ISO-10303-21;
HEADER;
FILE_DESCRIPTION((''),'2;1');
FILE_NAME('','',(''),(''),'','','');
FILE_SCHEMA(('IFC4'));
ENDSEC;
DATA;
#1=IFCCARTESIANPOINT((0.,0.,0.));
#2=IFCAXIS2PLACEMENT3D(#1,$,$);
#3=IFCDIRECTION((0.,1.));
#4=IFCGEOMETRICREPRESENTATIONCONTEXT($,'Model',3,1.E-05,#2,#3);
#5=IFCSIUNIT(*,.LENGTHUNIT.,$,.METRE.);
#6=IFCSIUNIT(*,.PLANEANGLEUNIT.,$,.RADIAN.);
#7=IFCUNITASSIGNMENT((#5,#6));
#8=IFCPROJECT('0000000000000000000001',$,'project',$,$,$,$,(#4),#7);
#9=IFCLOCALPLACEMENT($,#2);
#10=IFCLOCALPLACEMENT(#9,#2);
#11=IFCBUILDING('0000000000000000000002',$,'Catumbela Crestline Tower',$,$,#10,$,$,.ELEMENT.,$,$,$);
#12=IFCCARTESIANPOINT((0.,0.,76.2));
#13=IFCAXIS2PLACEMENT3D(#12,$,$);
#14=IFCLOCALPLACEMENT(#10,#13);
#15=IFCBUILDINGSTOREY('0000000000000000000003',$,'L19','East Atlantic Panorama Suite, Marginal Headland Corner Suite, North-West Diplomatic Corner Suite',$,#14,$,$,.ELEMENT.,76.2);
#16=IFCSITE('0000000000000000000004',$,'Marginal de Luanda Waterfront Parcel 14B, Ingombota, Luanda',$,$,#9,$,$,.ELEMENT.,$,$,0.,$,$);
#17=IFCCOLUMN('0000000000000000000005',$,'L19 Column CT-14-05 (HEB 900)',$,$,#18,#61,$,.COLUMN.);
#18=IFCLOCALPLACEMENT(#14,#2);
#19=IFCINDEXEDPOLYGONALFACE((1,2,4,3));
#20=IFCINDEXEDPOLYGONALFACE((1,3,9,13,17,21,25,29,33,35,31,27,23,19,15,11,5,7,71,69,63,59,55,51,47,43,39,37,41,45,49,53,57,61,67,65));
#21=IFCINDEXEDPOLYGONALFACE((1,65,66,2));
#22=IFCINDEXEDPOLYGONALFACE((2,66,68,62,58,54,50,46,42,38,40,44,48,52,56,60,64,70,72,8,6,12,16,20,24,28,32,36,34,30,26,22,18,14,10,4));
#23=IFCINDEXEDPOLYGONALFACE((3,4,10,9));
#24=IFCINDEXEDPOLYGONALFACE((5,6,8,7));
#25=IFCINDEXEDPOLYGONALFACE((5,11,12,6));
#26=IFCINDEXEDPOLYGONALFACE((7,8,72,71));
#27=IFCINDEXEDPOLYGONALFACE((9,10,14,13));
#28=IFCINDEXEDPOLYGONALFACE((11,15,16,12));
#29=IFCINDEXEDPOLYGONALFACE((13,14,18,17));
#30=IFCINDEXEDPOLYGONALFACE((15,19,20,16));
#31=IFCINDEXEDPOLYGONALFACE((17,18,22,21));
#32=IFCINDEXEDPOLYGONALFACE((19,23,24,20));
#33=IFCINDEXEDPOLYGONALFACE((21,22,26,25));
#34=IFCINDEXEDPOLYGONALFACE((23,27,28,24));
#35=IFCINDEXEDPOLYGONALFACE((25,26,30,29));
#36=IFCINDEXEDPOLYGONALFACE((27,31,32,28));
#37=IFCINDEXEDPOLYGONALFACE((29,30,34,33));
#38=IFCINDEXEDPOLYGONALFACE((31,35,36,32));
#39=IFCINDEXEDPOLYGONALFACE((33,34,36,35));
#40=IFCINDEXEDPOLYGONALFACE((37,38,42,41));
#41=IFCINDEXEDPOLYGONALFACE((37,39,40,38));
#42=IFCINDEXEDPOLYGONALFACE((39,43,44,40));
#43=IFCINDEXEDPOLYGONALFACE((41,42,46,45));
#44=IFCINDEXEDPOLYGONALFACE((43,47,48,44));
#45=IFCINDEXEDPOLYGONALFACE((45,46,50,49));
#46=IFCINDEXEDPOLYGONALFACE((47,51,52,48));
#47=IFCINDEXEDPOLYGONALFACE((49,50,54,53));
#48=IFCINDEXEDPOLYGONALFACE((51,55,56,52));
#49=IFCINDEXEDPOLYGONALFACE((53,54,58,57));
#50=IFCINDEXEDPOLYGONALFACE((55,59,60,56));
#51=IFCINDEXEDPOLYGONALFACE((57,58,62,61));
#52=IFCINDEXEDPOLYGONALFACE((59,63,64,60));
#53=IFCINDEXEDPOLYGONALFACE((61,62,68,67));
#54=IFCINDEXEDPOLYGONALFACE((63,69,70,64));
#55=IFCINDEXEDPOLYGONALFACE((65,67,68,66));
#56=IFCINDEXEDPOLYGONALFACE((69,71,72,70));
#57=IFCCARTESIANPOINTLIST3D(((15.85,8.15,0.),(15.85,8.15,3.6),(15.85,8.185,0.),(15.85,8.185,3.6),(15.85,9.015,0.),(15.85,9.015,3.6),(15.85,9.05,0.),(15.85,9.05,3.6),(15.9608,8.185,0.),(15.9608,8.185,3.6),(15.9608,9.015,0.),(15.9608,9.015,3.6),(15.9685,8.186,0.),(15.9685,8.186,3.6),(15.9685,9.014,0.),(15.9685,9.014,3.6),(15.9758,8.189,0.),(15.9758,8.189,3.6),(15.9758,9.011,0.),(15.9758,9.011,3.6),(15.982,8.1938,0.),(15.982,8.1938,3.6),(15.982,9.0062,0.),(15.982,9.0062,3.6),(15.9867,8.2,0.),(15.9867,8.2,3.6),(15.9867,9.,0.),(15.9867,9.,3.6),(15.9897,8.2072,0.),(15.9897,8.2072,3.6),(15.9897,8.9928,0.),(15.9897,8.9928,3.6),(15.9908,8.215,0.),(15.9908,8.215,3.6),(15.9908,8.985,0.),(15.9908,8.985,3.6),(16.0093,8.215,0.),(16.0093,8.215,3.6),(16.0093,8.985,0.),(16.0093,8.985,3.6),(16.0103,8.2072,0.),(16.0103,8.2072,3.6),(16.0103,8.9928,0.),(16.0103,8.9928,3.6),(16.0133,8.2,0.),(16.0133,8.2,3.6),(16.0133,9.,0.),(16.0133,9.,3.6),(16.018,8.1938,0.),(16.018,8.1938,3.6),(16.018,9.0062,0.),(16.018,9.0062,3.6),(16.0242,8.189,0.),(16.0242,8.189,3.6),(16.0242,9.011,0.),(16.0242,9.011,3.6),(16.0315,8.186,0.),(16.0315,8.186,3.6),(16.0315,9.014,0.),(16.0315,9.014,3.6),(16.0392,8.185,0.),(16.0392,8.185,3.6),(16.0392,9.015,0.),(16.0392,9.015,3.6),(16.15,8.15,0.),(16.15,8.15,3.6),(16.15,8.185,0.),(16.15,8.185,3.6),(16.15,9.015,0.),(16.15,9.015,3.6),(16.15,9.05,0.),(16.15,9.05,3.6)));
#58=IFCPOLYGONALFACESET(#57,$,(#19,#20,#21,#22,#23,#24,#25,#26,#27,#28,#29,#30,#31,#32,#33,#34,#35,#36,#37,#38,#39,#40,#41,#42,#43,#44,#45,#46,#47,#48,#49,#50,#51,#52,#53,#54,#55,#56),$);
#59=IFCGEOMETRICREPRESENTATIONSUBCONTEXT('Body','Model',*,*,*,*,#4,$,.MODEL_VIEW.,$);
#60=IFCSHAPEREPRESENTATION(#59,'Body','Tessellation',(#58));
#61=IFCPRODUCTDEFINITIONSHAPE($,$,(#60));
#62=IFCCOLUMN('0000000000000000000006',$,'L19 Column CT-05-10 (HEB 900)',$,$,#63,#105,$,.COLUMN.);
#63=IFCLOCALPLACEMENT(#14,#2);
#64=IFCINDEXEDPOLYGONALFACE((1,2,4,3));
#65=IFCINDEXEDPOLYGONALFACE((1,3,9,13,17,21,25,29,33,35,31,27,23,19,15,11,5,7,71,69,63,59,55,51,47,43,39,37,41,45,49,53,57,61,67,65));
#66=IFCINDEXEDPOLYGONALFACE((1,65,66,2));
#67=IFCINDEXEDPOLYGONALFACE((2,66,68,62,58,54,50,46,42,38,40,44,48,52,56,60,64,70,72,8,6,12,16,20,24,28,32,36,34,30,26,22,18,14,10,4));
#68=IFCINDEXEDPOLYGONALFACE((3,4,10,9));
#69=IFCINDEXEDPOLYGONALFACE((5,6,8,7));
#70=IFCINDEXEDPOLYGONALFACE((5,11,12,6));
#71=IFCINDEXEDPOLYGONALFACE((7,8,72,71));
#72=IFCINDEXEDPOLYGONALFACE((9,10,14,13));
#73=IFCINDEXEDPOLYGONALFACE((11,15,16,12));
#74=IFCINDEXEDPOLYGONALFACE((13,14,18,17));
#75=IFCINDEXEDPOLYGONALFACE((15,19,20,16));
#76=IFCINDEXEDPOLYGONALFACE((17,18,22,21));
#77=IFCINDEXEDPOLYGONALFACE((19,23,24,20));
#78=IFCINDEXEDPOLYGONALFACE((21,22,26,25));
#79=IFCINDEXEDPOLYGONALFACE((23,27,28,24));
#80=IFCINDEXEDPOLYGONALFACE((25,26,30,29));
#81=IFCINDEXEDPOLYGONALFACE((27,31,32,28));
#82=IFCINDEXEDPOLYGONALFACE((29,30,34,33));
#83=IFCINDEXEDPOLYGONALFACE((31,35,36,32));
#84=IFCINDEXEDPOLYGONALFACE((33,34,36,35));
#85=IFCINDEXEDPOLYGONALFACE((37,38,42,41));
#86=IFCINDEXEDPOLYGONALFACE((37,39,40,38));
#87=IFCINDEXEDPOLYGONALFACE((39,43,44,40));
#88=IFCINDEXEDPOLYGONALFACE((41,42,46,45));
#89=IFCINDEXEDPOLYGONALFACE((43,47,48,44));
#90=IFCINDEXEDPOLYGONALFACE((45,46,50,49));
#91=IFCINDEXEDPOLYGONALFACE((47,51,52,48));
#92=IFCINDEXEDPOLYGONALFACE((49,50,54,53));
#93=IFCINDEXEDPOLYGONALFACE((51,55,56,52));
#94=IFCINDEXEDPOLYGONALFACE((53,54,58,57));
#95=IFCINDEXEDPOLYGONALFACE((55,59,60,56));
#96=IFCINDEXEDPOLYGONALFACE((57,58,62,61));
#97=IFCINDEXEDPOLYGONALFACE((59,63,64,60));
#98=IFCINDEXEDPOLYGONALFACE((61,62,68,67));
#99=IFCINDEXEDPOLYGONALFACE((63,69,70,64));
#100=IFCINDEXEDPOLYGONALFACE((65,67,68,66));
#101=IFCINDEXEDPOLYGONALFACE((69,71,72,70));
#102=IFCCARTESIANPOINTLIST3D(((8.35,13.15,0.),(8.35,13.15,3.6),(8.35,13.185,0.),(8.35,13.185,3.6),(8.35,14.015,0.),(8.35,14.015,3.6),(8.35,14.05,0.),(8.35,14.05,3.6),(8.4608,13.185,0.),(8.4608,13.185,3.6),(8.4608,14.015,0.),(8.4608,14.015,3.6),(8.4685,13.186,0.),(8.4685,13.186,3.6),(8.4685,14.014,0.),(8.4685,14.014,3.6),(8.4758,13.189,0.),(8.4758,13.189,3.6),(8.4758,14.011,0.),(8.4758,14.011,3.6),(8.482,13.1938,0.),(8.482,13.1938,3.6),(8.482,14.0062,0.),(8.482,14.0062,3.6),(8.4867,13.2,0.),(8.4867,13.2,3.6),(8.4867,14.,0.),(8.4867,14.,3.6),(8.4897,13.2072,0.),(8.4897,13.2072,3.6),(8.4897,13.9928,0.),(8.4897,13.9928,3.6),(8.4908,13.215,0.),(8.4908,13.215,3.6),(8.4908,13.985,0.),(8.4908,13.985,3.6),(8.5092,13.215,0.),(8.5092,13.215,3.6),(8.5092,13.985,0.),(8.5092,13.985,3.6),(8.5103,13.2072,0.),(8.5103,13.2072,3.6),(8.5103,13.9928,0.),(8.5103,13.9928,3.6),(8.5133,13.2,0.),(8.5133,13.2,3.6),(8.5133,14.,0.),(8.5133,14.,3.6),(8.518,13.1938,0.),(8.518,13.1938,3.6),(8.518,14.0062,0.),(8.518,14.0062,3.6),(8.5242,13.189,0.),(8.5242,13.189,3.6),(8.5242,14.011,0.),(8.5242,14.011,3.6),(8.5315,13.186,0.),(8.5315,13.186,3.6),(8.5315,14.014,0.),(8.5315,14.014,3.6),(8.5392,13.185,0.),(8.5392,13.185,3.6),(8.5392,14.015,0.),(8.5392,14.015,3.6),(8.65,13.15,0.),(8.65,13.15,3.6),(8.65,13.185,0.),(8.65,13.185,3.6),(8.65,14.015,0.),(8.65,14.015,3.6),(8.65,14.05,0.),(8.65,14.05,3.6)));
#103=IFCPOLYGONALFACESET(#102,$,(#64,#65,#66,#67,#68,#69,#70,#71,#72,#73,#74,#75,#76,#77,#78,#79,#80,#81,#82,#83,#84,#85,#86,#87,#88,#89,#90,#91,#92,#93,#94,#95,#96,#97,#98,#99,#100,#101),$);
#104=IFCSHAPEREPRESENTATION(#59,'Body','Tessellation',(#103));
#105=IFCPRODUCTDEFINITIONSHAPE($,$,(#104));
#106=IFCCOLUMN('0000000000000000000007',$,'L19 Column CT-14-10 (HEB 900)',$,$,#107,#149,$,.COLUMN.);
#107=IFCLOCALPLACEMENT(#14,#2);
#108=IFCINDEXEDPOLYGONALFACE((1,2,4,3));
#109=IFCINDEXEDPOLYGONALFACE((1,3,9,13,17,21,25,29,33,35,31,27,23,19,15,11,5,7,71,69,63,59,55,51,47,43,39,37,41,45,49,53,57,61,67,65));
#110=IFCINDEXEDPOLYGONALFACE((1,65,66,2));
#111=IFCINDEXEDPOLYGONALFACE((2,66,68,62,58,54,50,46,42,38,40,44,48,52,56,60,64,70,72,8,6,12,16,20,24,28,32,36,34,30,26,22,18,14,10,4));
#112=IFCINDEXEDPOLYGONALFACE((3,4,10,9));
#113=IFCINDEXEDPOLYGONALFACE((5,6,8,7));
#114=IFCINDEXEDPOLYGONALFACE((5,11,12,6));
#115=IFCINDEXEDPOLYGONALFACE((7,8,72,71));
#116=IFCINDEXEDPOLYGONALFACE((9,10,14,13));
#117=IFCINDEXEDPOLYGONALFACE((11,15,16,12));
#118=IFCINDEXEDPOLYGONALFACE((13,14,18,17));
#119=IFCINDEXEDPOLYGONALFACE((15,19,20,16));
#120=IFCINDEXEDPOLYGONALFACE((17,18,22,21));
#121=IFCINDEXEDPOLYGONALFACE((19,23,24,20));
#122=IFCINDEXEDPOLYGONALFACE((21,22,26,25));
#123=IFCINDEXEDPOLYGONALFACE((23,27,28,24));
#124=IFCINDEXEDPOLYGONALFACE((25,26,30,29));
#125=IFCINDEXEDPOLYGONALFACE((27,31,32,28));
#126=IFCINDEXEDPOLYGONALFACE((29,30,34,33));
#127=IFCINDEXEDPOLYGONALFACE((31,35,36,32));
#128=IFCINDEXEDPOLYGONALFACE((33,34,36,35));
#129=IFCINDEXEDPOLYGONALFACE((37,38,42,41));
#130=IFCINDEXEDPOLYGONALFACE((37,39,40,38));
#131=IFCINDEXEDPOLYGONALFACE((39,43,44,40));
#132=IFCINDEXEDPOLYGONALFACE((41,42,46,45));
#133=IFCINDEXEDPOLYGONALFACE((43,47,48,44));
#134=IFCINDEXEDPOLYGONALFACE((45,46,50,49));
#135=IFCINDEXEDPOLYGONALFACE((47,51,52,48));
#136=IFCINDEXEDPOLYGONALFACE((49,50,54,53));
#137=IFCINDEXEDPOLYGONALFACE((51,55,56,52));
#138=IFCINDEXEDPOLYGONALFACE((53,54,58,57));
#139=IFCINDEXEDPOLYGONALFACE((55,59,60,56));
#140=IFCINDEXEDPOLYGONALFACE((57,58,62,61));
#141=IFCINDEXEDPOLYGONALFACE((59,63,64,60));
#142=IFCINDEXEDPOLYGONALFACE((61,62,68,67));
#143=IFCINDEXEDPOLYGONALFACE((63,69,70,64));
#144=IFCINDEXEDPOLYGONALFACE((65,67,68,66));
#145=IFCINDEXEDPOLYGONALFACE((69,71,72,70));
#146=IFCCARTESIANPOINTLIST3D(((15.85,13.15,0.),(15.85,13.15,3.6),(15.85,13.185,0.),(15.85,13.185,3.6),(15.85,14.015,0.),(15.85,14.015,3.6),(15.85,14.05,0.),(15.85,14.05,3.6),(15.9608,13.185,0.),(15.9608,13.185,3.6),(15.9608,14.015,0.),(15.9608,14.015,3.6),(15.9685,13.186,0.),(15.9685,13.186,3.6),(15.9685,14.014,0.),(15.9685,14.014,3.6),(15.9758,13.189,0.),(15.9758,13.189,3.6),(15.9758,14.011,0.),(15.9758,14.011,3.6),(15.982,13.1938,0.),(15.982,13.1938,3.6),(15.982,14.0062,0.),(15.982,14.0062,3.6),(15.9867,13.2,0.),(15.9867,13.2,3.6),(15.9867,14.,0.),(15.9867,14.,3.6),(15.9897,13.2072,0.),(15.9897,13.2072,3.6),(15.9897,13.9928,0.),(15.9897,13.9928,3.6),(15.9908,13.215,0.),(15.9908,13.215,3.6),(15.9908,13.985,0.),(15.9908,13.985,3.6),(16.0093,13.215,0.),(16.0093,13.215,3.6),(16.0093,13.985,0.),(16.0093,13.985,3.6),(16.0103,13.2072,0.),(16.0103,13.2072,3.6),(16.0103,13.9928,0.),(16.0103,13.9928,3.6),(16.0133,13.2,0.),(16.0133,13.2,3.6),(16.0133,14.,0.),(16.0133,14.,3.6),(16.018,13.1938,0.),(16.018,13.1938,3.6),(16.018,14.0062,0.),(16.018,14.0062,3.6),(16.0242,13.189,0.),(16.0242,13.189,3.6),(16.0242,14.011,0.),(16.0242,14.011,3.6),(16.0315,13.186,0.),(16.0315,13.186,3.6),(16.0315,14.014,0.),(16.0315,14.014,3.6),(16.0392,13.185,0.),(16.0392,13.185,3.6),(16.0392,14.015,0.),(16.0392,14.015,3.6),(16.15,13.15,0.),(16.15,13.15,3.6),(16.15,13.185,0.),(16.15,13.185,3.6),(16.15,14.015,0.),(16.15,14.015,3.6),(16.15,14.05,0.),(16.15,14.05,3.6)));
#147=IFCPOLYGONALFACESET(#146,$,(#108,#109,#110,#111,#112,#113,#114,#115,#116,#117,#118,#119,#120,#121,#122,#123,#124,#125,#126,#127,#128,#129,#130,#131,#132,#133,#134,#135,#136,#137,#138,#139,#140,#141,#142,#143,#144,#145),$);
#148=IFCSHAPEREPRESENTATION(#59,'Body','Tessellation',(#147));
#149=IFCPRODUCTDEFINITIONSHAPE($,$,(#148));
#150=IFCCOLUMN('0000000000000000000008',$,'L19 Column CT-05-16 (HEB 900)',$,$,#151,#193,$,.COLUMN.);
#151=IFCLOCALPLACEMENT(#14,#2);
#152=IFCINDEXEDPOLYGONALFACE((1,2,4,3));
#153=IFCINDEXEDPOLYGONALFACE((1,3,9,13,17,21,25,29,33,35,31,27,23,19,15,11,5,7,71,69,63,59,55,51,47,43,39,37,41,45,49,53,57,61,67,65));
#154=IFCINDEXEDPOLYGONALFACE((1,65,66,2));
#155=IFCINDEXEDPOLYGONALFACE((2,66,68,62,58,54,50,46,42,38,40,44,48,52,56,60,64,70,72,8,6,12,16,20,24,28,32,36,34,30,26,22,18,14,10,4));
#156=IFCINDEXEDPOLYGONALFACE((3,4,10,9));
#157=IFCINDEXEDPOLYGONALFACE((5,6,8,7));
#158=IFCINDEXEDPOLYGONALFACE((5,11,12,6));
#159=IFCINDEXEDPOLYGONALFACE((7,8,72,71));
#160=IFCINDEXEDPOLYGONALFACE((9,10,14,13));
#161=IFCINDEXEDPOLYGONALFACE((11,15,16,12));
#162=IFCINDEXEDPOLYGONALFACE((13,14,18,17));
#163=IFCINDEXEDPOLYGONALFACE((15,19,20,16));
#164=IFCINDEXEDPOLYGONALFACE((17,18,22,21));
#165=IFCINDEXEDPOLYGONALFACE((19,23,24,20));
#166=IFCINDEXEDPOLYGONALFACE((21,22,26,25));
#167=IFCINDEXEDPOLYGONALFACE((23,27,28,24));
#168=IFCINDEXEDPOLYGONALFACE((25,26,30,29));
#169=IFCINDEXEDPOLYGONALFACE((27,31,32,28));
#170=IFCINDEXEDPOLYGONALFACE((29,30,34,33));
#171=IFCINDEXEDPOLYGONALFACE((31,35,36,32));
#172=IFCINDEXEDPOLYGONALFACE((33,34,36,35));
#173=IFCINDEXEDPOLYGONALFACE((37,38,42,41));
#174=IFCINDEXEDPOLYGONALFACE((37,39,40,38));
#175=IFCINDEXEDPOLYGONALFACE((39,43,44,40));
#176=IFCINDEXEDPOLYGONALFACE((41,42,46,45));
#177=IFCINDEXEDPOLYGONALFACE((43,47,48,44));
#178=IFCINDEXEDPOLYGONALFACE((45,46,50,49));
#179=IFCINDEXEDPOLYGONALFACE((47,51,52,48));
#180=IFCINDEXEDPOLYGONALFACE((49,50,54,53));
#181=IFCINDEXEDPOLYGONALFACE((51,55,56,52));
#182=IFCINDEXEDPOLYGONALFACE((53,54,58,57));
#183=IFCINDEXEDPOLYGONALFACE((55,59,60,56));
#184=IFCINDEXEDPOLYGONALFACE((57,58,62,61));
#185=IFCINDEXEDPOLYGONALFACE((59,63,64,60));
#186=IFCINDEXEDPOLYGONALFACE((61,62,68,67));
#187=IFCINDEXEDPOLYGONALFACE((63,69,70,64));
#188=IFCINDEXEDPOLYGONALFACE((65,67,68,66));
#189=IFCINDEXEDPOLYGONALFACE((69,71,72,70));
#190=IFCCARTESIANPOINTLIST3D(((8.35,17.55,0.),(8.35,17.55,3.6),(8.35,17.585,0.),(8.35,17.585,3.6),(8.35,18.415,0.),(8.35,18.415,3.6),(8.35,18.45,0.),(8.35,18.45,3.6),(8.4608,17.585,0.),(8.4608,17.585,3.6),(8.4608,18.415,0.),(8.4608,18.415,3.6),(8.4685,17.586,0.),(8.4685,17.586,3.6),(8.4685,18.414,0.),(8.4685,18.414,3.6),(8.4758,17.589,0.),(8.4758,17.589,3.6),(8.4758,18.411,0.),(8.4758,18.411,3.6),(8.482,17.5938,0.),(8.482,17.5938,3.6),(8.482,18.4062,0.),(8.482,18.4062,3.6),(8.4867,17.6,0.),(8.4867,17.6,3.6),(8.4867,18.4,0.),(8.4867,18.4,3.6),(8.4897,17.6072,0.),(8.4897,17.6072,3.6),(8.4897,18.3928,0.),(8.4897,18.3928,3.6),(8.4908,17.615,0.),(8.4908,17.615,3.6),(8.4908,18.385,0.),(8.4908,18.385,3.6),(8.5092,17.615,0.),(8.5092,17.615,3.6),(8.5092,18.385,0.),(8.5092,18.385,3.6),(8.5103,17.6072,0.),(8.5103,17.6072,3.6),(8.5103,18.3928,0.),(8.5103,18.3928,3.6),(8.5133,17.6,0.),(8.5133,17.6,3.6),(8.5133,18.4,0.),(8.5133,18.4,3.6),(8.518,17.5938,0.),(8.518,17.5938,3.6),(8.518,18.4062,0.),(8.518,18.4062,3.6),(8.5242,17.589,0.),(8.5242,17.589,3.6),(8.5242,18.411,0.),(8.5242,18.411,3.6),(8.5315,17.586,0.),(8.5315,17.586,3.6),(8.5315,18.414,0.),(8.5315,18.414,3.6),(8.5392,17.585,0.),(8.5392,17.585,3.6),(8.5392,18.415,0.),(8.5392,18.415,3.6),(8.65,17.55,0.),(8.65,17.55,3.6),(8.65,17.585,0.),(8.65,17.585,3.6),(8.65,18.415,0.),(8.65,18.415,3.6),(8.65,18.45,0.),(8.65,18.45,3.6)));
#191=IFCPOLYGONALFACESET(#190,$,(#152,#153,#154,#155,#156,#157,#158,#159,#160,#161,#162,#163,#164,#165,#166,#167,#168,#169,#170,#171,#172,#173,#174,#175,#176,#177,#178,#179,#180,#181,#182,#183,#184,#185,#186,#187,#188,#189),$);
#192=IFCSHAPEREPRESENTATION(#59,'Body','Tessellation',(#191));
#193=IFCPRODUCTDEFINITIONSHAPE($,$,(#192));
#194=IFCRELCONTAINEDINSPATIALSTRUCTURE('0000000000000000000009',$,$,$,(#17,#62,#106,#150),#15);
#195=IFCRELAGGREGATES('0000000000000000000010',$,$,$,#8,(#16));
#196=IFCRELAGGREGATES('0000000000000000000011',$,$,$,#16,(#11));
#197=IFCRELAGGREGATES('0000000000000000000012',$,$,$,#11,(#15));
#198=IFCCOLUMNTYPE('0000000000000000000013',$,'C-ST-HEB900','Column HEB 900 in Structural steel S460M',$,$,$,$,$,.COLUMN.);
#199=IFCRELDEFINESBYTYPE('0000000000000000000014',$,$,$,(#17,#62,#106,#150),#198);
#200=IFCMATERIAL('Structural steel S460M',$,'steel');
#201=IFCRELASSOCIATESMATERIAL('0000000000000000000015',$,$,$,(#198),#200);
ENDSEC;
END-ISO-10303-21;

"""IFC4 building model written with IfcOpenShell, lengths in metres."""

from ifc_helpers import new_model, si_unit, direction, frame, origin, origin_2d, place, context, subcontext, project, spatial, i_section, extrude, material, material_profile, profile_set, type_object, element, save


model = new_model("IFC4")

# Units and contexts
model_context = context("Model", 3, precision=1e-05, world=origin(), true_north=direction((0.0, 1.0)))
body_context = subcontext(model_context, "Body", "Model", "MODEL_VIEW")
ifc_project = project(units=[si_unit("LENGTHUNIT", "METRE"), si_unit("PLANEANGLEUNIT", "RADIAN")], contexts=[model_context])

# Site, building, storey
site_placement = place(None, origin())
site = spatial("IfcSite", under=ifc_project, at=site_placement, Name="Marginal de Luanda Waterfront Parcel 14B, Ingombota, Luanda", CompositionType="ELEMENT", RefElevation=0.0)
building_placement = place(site_placement, origin())
building = spatial("IfcBuilding", under=site, at=building_placement, Name="Catumbela Crestline Tower", CompositionType="ELEMENT")
storey_placement = place(building_placement, frame((0.0, 0.0, 76.2)))
storey = spatial("IfcBuildingStorey", under=building, at=storey_placement, Name="L19", Description="East Atlantic Panorama Suite, Marginal Headland Corner Suite, North-West Diplomatic Corner Suite", CompositionType="ELEMENT", Elevation=76.2)

# Columns
ifc_material_1 = material(Name="Structural steel S460M", Category="steel")
ifc_material_profile_1 = material_profile(ifc_material_1, i_section(OverallWidth=0.3, OverallDepth=0.9, WebThickness=0.0185, FlangeThickness=0.035, FilletRadius=0.03, at=origin_2d()), Name="HEB 900")
ifc_profile_set_1 = profile_set([ifc_material_profile_1], Name="Structural steel S460M")
column_type = type_object("IfcColumnType", Name="C-ST-HEB900", Description="Column HEB 900 in Structural steel S460M", PredefinedType="COLUMN", material=ifc_profile_set_1)
for number, where, z_axis, x_axis, name in (
    (1, (16.0, 8.6, 0.0), (0.0, 0.0, 1.0), (1.0, 0.0, 0.0), "L19 Column CT-14-05 (HEB 900)"),
    (2, (8.5, 13.6, 0.0), (0.0, 0.0, 1.0), (1.0, 0.0, 0.0), "L19 Column CT-05-10 (HEB 900)"),
    (3, (16.0, 13.6, 0.0), (0.0, 0.0, 1.0), (1.0, 0.0, 0.0), "L19 Column CT-14-10 (HEB 900)"),
    (4, (8.5, 18.0, 0.0), (0.0, 0.0, 1.0), (1.0, 0.0, 0.0), "L19 Column CT-05-16 (HEB 900)"),
):
    element("IfcColumn", number, at=place(storey_placement, frame(where, z_axis=z_axis, x_axis=x_axis)), inside=storey, type_object=column_type, Name=name, PredefinedType="COLUMN", context=body_context, shape_type="SweptSolid", body=[
        extrude(i_section(OverallWidth=0.3, OverallDepth=0.9, WebThickness=0.0185, FlangeThickness=0.035, FilletRadius=0.03, at=origin_2d()), origin(), (0.0, 0.0, 1.0), 3.6),
    ])

save(model, "model.ifc")
